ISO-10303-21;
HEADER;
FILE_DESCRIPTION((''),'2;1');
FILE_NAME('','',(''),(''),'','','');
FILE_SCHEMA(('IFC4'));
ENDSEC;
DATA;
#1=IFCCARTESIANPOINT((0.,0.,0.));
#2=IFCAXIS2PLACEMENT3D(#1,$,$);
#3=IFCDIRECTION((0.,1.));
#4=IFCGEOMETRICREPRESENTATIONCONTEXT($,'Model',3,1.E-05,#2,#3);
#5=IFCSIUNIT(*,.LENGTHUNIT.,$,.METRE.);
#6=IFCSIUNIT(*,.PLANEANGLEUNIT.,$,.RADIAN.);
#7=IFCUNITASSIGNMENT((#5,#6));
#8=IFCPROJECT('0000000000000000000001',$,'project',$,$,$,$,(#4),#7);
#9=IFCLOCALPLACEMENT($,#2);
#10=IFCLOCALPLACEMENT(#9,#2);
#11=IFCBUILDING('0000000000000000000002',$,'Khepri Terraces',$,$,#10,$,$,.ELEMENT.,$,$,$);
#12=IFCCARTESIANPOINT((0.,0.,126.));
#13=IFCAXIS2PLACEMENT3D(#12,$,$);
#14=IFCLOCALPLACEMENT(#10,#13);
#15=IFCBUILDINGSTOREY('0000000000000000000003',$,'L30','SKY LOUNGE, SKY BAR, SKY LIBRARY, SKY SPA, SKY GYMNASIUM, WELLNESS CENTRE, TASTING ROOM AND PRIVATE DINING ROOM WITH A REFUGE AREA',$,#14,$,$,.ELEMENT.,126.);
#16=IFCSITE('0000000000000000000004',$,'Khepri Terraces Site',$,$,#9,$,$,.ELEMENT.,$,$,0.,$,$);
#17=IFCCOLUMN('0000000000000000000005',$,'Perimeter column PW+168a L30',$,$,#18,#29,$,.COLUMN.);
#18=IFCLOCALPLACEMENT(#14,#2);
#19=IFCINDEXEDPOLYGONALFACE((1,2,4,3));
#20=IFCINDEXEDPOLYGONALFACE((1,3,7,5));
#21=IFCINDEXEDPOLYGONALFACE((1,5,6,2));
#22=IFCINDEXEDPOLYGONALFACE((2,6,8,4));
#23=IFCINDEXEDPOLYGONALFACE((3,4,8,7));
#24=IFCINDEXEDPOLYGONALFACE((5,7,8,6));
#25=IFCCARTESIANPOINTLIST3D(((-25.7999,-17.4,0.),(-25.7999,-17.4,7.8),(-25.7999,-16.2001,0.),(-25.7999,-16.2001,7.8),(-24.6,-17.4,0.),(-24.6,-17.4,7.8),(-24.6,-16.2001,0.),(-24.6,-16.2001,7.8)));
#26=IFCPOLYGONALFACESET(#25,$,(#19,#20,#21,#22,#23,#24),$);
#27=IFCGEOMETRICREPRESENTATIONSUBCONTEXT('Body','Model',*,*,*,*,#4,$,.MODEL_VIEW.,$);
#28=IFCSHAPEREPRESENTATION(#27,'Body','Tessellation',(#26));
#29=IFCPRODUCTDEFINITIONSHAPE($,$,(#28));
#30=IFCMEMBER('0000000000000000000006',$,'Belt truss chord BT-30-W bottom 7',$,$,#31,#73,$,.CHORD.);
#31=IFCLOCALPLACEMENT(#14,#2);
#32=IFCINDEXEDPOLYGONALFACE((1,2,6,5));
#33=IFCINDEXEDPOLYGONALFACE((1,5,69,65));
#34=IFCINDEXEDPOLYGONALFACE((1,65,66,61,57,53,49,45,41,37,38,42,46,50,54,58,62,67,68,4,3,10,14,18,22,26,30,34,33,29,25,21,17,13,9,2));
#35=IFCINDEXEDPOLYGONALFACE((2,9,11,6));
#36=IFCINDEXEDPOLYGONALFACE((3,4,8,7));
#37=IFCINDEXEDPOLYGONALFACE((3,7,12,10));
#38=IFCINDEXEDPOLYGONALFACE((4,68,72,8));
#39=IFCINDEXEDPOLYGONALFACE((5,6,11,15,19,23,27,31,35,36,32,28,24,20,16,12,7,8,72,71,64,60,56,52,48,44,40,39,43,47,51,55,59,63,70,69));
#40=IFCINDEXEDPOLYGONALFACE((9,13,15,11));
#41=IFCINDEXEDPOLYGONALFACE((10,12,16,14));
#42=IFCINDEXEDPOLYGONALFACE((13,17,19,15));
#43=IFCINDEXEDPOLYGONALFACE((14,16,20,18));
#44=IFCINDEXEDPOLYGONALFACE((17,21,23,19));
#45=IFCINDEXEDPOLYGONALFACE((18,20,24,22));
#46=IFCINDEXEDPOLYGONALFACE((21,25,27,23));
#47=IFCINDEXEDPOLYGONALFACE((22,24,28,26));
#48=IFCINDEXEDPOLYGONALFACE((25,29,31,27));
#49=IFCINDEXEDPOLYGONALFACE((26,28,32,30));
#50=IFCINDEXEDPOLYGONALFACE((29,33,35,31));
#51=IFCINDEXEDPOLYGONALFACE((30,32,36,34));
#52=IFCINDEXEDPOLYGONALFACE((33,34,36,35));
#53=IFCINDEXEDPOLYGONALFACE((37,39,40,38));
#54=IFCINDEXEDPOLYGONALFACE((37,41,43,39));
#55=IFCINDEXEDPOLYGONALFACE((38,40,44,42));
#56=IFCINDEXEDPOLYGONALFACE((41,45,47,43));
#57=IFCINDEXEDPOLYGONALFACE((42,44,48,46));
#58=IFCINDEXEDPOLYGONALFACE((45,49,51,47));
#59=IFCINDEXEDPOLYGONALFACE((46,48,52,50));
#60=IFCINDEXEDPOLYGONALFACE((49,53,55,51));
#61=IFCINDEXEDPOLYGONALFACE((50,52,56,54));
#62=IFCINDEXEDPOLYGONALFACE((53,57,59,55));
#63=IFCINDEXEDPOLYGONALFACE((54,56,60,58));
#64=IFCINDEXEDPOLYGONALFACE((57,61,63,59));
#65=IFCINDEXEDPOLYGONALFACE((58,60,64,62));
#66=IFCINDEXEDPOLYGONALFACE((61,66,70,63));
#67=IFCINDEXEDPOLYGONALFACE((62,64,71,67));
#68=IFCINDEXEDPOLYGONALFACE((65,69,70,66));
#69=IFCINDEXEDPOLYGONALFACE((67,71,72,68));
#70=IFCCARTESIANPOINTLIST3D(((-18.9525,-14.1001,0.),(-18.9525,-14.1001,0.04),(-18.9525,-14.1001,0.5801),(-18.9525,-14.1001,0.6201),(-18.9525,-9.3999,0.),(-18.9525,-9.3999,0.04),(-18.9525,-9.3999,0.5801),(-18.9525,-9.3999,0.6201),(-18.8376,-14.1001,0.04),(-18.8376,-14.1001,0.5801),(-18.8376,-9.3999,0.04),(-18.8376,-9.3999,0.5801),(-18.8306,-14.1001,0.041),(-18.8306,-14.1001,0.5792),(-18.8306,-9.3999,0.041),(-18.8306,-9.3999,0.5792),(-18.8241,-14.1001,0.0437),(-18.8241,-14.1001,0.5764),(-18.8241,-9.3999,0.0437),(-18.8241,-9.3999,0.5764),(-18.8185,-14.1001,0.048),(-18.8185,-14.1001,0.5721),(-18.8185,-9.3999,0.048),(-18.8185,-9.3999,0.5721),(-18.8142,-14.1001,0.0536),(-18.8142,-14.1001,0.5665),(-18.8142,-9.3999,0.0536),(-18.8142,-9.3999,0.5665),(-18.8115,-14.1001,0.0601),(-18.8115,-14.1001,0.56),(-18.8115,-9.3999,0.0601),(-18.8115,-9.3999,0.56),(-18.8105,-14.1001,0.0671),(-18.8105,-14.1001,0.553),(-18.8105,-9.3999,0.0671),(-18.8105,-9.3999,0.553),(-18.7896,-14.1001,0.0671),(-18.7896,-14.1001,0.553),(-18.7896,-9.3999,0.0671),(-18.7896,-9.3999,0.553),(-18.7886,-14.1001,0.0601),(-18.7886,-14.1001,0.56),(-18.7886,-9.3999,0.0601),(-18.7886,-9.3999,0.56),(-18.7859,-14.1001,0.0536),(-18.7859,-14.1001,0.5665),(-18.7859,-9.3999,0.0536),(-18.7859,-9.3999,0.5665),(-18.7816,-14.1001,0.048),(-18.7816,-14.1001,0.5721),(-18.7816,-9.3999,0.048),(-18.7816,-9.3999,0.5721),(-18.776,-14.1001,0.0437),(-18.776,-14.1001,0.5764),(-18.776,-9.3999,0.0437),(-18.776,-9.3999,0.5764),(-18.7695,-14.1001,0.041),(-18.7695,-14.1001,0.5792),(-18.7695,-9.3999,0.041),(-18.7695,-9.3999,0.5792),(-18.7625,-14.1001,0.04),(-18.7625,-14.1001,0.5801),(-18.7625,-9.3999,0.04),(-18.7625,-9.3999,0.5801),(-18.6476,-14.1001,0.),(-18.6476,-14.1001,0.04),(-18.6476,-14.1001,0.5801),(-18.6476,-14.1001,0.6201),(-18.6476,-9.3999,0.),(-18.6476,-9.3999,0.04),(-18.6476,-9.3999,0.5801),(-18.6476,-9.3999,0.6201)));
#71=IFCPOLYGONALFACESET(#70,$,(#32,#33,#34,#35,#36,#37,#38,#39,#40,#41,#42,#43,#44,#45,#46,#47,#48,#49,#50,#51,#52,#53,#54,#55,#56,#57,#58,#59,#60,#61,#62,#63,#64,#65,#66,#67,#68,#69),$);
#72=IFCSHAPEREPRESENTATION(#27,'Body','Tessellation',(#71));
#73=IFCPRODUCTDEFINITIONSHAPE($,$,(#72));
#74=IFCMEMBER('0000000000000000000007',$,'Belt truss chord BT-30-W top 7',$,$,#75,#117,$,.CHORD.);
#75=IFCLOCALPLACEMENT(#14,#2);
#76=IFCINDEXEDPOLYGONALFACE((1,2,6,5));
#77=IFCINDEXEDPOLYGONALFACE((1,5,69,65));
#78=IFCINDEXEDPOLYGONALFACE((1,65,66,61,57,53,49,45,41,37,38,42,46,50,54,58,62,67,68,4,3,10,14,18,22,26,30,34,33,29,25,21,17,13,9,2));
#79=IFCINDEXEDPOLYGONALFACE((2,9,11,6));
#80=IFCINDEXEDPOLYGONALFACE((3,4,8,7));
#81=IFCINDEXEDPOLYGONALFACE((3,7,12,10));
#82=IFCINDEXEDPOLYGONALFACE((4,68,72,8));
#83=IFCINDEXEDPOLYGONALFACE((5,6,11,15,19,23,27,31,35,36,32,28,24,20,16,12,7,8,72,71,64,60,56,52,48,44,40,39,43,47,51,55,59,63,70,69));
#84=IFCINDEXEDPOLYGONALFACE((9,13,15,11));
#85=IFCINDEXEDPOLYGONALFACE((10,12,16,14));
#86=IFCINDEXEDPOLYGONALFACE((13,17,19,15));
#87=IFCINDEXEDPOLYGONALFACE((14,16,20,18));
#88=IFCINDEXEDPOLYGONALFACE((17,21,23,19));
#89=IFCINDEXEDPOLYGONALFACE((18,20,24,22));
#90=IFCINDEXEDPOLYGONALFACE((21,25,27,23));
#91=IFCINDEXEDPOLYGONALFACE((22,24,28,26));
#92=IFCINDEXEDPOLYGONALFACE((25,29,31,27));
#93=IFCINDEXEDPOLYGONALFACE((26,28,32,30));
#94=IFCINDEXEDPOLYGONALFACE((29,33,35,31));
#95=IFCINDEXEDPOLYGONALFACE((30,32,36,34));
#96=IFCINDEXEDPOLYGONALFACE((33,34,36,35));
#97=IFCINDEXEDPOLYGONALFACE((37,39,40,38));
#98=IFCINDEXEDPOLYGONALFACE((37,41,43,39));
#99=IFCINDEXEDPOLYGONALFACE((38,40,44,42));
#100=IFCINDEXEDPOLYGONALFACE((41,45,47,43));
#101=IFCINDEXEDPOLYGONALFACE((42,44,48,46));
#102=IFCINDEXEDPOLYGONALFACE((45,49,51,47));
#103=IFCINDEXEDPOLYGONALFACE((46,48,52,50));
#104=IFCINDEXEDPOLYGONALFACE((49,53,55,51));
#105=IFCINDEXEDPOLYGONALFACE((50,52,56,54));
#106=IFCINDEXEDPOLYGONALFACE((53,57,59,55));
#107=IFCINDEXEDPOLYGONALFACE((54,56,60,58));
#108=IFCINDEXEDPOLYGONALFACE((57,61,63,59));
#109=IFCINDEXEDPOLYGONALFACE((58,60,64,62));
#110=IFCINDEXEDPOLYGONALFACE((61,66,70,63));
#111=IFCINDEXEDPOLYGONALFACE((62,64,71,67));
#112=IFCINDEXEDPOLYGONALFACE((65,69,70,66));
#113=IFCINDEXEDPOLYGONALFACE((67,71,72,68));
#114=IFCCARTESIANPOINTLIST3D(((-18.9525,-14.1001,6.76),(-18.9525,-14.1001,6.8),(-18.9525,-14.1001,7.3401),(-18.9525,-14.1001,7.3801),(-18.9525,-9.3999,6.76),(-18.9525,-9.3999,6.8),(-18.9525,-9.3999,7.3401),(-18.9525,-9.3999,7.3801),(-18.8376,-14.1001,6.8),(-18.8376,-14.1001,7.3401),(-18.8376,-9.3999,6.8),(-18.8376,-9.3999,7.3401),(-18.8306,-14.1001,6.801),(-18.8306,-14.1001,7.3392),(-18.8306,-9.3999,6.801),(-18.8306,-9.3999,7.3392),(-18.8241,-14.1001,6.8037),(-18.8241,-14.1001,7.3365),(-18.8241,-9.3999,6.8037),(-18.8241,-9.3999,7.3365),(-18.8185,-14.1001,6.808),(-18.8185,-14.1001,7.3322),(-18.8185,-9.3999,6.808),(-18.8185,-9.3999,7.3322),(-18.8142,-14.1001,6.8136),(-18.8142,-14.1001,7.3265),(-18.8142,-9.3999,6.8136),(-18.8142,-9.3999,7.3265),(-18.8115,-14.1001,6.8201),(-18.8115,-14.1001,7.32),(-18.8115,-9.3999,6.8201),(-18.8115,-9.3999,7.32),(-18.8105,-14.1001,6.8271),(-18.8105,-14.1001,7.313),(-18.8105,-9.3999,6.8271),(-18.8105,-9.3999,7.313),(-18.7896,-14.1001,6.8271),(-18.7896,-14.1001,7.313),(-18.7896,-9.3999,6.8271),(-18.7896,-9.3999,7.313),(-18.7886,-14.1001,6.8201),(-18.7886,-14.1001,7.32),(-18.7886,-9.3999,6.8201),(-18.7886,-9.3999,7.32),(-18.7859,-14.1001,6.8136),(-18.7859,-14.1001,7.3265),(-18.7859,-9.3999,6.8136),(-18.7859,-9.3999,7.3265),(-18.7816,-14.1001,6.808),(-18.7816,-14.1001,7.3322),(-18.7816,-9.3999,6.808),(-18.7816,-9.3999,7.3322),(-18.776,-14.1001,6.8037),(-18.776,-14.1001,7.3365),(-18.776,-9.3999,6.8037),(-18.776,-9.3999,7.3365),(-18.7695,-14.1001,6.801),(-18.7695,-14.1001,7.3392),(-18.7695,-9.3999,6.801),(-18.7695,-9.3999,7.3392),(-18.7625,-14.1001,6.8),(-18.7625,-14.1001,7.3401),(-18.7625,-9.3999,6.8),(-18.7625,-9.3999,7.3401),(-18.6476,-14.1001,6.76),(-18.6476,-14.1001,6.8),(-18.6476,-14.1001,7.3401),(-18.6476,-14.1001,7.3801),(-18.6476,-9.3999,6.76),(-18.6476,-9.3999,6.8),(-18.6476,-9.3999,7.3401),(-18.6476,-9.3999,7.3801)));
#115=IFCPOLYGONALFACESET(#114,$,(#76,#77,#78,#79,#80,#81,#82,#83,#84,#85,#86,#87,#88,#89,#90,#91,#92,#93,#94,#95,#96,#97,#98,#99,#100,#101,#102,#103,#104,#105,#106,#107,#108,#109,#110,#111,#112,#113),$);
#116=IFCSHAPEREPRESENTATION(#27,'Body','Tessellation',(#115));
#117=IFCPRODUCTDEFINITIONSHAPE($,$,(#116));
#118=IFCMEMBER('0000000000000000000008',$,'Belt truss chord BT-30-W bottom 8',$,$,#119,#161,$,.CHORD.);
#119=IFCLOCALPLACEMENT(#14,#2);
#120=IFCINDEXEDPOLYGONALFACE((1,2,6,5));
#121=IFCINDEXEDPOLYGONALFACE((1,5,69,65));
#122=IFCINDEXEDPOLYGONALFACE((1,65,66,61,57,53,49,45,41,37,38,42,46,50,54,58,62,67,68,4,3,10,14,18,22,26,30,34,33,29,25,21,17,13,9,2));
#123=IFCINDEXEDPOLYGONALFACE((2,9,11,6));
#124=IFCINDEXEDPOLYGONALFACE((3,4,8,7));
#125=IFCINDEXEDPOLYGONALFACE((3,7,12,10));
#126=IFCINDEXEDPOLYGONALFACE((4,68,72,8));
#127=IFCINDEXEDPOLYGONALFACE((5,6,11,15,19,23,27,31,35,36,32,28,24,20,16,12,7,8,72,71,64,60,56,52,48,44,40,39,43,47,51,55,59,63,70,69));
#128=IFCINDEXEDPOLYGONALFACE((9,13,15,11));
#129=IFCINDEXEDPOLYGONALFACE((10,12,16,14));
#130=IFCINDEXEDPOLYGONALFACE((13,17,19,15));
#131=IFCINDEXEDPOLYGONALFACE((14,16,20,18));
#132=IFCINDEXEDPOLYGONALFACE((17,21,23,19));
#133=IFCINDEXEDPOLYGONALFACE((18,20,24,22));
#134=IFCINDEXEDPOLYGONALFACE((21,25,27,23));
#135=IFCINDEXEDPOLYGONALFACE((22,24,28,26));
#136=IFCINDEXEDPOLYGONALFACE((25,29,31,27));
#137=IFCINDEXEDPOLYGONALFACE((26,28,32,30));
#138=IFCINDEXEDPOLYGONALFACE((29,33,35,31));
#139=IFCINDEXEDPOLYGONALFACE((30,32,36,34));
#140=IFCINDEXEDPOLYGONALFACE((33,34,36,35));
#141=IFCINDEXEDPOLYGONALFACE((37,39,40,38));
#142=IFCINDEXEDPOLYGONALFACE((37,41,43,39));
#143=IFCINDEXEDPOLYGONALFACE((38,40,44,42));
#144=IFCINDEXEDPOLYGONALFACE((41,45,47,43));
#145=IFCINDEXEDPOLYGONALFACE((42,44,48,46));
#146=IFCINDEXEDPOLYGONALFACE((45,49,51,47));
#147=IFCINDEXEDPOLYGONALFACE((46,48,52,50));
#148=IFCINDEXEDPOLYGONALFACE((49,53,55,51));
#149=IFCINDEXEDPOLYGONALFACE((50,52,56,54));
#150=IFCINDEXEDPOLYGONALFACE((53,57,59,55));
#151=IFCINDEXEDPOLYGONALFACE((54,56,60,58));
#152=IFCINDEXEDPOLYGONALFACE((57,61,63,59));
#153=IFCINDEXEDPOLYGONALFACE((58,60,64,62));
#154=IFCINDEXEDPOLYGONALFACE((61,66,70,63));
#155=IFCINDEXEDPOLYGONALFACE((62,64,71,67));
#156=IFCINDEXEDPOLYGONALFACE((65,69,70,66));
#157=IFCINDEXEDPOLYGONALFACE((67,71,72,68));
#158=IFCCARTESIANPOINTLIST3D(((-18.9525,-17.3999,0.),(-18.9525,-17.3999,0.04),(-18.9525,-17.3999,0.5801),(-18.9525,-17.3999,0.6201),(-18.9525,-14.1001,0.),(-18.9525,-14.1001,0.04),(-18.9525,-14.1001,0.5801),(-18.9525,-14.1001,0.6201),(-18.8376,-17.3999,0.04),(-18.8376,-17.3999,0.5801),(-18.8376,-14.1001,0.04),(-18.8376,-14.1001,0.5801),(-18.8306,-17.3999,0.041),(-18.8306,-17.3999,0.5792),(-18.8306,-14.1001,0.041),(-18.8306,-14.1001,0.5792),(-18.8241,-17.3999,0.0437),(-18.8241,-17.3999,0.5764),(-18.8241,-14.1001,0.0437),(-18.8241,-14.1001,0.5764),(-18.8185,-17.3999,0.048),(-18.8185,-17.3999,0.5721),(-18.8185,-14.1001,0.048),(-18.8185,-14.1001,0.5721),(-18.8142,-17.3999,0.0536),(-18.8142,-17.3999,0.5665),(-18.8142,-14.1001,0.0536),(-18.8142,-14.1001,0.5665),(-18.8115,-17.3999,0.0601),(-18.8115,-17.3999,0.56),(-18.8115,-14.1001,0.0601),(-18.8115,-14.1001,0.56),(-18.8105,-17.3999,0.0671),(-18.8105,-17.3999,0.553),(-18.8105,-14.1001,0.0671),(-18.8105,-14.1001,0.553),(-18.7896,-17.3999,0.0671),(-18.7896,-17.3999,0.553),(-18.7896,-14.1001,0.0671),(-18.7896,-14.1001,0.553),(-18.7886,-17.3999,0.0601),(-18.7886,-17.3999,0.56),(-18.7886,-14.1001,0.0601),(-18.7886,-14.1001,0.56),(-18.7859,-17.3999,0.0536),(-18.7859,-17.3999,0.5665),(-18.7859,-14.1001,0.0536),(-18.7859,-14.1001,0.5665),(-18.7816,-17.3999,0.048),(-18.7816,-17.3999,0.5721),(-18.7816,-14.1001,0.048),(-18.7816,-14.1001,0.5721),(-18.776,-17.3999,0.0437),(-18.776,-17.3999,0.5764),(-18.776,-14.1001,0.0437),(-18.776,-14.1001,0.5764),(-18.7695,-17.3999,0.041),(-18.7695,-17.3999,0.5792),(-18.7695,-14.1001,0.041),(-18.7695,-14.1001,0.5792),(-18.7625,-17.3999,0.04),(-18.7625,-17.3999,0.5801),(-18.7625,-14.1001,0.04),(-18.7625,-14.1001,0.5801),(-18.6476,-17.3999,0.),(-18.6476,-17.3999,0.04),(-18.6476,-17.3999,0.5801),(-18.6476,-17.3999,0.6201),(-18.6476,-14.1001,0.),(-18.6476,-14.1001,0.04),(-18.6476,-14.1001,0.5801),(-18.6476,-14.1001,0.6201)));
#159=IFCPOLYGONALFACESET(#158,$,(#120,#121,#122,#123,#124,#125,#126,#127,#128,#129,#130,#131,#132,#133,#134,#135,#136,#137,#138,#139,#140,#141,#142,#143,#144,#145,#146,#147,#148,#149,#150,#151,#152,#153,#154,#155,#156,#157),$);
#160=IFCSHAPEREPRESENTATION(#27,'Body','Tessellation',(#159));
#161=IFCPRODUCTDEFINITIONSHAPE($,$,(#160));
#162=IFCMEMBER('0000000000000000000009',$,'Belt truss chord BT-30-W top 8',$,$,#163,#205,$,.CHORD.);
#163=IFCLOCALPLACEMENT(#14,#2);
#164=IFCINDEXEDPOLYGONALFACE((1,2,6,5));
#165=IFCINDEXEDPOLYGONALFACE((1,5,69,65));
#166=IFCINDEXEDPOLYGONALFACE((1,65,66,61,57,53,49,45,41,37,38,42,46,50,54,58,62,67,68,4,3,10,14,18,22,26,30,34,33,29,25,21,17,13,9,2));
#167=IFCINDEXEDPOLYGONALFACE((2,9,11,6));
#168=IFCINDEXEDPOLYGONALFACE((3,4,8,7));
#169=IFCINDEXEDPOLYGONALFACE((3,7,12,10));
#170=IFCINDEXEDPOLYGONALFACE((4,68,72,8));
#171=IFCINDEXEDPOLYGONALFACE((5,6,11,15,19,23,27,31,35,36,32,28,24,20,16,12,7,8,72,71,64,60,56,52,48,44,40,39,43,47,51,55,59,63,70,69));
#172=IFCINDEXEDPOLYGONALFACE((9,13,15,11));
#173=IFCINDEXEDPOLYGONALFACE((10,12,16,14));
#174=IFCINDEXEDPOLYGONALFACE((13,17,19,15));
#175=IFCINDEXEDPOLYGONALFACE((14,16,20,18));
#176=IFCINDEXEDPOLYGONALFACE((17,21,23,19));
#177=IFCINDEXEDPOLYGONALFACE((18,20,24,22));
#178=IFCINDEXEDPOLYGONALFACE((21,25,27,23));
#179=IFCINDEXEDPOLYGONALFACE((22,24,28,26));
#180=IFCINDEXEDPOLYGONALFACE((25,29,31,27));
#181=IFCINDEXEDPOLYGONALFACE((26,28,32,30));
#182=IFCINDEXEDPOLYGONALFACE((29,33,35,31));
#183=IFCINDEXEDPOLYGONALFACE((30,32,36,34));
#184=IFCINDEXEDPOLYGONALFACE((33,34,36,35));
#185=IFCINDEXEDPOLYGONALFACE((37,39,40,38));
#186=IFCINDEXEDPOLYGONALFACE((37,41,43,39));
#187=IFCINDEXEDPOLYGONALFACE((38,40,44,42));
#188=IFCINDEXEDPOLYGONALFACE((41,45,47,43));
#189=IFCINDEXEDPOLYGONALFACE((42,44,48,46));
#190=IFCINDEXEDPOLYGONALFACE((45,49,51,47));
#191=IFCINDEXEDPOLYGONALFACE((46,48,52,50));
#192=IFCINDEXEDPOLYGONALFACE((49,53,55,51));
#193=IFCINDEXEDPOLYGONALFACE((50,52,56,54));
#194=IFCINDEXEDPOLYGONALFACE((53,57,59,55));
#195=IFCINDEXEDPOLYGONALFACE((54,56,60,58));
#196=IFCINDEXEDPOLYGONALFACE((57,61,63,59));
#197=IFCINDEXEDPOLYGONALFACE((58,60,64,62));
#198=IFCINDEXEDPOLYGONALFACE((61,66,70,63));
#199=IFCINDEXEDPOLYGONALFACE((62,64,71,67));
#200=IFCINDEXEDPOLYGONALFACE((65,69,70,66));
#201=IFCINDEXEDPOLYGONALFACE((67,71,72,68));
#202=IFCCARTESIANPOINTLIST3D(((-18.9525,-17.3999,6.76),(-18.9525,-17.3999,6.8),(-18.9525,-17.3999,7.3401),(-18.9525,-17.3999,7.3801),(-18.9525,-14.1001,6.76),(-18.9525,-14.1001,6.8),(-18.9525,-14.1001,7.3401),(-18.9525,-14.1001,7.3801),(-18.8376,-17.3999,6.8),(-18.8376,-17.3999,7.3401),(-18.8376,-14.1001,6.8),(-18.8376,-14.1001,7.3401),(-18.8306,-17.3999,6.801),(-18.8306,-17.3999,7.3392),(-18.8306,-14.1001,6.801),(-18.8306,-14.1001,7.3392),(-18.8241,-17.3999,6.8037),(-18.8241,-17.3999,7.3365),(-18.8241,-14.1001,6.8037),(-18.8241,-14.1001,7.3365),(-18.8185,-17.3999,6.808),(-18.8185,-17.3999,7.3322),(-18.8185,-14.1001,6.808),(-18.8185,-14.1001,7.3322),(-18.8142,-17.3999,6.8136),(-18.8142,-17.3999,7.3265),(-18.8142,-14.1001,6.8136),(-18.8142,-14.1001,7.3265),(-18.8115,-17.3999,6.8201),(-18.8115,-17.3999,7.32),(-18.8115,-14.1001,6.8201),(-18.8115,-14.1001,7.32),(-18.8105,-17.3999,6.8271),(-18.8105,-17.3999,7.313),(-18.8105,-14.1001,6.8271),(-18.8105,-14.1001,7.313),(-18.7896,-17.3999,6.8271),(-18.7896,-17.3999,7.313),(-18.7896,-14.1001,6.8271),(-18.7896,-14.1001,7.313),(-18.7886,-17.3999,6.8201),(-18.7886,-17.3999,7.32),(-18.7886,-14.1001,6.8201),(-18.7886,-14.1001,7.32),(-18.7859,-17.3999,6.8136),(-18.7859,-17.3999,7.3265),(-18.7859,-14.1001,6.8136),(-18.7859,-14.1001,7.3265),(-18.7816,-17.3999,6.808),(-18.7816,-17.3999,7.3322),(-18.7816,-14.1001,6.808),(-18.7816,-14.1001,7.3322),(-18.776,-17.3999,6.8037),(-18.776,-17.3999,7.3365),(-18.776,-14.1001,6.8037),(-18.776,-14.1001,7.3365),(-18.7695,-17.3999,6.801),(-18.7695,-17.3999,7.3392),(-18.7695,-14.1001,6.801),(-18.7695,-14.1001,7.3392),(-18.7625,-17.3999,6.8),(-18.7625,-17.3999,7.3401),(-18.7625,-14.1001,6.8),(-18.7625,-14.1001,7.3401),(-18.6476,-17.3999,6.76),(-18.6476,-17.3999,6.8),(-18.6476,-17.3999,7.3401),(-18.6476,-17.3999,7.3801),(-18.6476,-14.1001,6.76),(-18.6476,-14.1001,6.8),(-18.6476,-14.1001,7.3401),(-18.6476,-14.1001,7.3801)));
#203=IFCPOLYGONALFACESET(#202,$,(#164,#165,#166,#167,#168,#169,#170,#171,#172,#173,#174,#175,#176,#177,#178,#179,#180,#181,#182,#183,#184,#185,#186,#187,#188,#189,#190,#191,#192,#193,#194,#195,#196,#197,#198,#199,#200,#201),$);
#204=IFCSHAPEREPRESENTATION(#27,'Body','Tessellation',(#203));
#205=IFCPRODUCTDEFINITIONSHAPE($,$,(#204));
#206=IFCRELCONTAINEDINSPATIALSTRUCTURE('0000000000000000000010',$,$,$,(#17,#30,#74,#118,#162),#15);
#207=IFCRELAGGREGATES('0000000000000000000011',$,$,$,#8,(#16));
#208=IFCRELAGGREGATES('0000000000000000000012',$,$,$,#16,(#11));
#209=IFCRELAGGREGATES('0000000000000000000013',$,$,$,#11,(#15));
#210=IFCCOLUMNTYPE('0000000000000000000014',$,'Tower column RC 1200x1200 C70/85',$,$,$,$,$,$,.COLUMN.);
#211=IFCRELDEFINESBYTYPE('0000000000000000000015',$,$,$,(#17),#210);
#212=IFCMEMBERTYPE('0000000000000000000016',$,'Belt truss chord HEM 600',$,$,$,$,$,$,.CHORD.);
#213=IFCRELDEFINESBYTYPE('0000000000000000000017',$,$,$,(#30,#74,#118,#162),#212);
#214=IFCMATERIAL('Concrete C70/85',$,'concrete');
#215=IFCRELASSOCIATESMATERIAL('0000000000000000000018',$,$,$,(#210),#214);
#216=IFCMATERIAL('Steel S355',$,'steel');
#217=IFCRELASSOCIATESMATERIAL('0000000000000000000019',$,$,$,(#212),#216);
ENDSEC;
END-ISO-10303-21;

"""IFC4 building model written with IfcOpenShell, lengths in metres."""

from ifc_helpers import new_model, si_unit, direction, frame, origin, origin_2d, place, context, subcontext, project, spatial, rectangle, i_section, extrude, material, material_profile, profile_set, type_object, element, save


model = new_model("IFC4")

# Units and contexts
model_context = context("Model", 3, precision=1e-05, world=origin(), true_north=direction((0.0, 1.0)))
body_context = subcontext(model_context, "Body", "Model", "MODEL_VIEW")
ifc_project = project(units=[si_unit("LENGTHUNIT", "METRE"), si_unit("PLANEANGLEUNIT", "RADIAN")], contexts=[model_context])

# Site, building, storey
site_placement = place(None, origin())
site = spatial("IfcSite", under=ifc_project, at=site_placement, Name="Khepri Terraces Site", CompositionType="ELEMENT", RefElevation=0.0)
building_placement = place(site_placement, origin())
building = spatial("IfcBuilding", under=site, at=building_placement, Name="Khepri Terraces", CompositionType="ELEMENT")
storey_placement = place(building_placement, frame((0.0, 0.0, 126.0)))
storey = spatial("IfcBuildingStorey", under=building, at=storey_placement, Name="L30", Description="SKY LOUNGE, SKY BAR, SKY LIBRARY, SKY SPA, SKY GYMNASIUM, WELLNESS CENTRE, TASTING ROOM AND PRIVATE DINING ROOM WITH A REFUGE AREA", CompositionType="ELEMENT", Elevation=126.0)

# Column
ifc_material_1 = material(Name="Concrete C70/85", Category="concrete")
ifc_material_profile_1 = material_profile(ifc_material_1, rectangle(XDim=1.2, YDim=1.2, at=origin_2d()), Name="Concrete C70/85", Category="concrete")
ifc_profile_set_1 = profile_set([ifc_material_profile_1], Name="Concrete C70/85")
column_type = type_object("IfcColumnType", Name="Tower column RC 1200x1200 C70/85", PredefinedType="COLUMN", material=ifc_profile_set_1)
column_placement = place(storey_placement, frame((-25.2, -16.8, 0.0), z_axis=(0.0, 0.0, 1.0), x_axis=(1.0, 0.0, 0.0)))
element("IfcColumn", 1, at=column_placement, inside=storey, type_object=column_type, Name="Perimeter column PW+168a L30", PredefinedType="COLUMN", context=body_context, shape_type="SweptSolid", body=[
    extrude(rectangle(XDim=1.2, YDim=1.2, at=origin_2d()), origin(), (0.0, 0.0, 1.0), 7.8),
])

# Members
ifc_material_2 = material(Name="Steel S355", Category="steel")
ifc_material_profile_2 = material_profile(ifc_material_2, i_section(OverallWidth=0.3049, OverallDepth=0.6201, WebThickness=0.021, FlangeThickness=0.04, FilletRadius=0.0271, at=origin_2d()), Name="Steel S355", Category="steel")
ifc_profile_set_2 = profile_set([ifc_material_profile_2], Name="Steel S355")
member_type_1 = type_object("IfcMemberType", Name="Belt truss chord HEM 600", PredefinedType="CHORD", material=ifc_profile_set_2)
for number, where, z_axis, x_axis, name in (
    (2, (-18.8, -9.3999, 0.3101), (0.0, -1.0, 0.0), (1.0, 0.0, 0.0), "Belt truss chord BT-30-W bottom 7"),
    (3, (-18.8, -9.3999, 7.0701), (0.0, -1.0, 0.0), (1.0, 0.0, 0.0), "Belt truss chord BT-30-W top 7"),
):
    element("IfcMember", number, at=place(storey_placement, frame(where, z_axis=z_axis, x_axis=x_axis)), inside=storey, type_object=member_type_1, Name=name, PredefinedType="CHORD", context=body_context, shape_type="SweptSolid", body=[
        extrude(i_section(OverallWidth=0.3049, OverallDepth=0.6201, WebThickness=0.021, FlangeThickness=0.04, FilletRadius=0.0271, at=origin_2d()), origin(), (0.0, 0.0, 1.0), 4.7002),
    ])
for number, where, z_axis, x_axis, name in (
    (4, (-18.8, -14.1001, 0.3101), (0.0, -1.0, 0.0), (1.0, 0.0, 0.0), "Belt truss chord BT-30-W bottom 8"),
    (5, (-18.8, -14.1001, 7.0701), (0.0, -1.0, 0.0), (1.0, 0.0, 0.0), "Belt truss chord BT-30-W top 8"),
):
    element("IfcMember", number, at=place(storey_placement, frame(where, z_axis=z_axis, x_axis=x_axis)), inside=storey, type_object=member_type_1, Name=name, PredefinedType="CHORD", context=body_context, shape_type="SweptSolid", body=[
        extrude(i_section(OverallWidth=0.3049, OverallDepth=0.6201, WebThickness=0.021, FlangeThickness=0.04, FilletRadius=0.0271, at=origin_2d()), origin(), (0.0, 0.0, 1.0), 3.2998),
    ])

save(model, "model.ifc")
